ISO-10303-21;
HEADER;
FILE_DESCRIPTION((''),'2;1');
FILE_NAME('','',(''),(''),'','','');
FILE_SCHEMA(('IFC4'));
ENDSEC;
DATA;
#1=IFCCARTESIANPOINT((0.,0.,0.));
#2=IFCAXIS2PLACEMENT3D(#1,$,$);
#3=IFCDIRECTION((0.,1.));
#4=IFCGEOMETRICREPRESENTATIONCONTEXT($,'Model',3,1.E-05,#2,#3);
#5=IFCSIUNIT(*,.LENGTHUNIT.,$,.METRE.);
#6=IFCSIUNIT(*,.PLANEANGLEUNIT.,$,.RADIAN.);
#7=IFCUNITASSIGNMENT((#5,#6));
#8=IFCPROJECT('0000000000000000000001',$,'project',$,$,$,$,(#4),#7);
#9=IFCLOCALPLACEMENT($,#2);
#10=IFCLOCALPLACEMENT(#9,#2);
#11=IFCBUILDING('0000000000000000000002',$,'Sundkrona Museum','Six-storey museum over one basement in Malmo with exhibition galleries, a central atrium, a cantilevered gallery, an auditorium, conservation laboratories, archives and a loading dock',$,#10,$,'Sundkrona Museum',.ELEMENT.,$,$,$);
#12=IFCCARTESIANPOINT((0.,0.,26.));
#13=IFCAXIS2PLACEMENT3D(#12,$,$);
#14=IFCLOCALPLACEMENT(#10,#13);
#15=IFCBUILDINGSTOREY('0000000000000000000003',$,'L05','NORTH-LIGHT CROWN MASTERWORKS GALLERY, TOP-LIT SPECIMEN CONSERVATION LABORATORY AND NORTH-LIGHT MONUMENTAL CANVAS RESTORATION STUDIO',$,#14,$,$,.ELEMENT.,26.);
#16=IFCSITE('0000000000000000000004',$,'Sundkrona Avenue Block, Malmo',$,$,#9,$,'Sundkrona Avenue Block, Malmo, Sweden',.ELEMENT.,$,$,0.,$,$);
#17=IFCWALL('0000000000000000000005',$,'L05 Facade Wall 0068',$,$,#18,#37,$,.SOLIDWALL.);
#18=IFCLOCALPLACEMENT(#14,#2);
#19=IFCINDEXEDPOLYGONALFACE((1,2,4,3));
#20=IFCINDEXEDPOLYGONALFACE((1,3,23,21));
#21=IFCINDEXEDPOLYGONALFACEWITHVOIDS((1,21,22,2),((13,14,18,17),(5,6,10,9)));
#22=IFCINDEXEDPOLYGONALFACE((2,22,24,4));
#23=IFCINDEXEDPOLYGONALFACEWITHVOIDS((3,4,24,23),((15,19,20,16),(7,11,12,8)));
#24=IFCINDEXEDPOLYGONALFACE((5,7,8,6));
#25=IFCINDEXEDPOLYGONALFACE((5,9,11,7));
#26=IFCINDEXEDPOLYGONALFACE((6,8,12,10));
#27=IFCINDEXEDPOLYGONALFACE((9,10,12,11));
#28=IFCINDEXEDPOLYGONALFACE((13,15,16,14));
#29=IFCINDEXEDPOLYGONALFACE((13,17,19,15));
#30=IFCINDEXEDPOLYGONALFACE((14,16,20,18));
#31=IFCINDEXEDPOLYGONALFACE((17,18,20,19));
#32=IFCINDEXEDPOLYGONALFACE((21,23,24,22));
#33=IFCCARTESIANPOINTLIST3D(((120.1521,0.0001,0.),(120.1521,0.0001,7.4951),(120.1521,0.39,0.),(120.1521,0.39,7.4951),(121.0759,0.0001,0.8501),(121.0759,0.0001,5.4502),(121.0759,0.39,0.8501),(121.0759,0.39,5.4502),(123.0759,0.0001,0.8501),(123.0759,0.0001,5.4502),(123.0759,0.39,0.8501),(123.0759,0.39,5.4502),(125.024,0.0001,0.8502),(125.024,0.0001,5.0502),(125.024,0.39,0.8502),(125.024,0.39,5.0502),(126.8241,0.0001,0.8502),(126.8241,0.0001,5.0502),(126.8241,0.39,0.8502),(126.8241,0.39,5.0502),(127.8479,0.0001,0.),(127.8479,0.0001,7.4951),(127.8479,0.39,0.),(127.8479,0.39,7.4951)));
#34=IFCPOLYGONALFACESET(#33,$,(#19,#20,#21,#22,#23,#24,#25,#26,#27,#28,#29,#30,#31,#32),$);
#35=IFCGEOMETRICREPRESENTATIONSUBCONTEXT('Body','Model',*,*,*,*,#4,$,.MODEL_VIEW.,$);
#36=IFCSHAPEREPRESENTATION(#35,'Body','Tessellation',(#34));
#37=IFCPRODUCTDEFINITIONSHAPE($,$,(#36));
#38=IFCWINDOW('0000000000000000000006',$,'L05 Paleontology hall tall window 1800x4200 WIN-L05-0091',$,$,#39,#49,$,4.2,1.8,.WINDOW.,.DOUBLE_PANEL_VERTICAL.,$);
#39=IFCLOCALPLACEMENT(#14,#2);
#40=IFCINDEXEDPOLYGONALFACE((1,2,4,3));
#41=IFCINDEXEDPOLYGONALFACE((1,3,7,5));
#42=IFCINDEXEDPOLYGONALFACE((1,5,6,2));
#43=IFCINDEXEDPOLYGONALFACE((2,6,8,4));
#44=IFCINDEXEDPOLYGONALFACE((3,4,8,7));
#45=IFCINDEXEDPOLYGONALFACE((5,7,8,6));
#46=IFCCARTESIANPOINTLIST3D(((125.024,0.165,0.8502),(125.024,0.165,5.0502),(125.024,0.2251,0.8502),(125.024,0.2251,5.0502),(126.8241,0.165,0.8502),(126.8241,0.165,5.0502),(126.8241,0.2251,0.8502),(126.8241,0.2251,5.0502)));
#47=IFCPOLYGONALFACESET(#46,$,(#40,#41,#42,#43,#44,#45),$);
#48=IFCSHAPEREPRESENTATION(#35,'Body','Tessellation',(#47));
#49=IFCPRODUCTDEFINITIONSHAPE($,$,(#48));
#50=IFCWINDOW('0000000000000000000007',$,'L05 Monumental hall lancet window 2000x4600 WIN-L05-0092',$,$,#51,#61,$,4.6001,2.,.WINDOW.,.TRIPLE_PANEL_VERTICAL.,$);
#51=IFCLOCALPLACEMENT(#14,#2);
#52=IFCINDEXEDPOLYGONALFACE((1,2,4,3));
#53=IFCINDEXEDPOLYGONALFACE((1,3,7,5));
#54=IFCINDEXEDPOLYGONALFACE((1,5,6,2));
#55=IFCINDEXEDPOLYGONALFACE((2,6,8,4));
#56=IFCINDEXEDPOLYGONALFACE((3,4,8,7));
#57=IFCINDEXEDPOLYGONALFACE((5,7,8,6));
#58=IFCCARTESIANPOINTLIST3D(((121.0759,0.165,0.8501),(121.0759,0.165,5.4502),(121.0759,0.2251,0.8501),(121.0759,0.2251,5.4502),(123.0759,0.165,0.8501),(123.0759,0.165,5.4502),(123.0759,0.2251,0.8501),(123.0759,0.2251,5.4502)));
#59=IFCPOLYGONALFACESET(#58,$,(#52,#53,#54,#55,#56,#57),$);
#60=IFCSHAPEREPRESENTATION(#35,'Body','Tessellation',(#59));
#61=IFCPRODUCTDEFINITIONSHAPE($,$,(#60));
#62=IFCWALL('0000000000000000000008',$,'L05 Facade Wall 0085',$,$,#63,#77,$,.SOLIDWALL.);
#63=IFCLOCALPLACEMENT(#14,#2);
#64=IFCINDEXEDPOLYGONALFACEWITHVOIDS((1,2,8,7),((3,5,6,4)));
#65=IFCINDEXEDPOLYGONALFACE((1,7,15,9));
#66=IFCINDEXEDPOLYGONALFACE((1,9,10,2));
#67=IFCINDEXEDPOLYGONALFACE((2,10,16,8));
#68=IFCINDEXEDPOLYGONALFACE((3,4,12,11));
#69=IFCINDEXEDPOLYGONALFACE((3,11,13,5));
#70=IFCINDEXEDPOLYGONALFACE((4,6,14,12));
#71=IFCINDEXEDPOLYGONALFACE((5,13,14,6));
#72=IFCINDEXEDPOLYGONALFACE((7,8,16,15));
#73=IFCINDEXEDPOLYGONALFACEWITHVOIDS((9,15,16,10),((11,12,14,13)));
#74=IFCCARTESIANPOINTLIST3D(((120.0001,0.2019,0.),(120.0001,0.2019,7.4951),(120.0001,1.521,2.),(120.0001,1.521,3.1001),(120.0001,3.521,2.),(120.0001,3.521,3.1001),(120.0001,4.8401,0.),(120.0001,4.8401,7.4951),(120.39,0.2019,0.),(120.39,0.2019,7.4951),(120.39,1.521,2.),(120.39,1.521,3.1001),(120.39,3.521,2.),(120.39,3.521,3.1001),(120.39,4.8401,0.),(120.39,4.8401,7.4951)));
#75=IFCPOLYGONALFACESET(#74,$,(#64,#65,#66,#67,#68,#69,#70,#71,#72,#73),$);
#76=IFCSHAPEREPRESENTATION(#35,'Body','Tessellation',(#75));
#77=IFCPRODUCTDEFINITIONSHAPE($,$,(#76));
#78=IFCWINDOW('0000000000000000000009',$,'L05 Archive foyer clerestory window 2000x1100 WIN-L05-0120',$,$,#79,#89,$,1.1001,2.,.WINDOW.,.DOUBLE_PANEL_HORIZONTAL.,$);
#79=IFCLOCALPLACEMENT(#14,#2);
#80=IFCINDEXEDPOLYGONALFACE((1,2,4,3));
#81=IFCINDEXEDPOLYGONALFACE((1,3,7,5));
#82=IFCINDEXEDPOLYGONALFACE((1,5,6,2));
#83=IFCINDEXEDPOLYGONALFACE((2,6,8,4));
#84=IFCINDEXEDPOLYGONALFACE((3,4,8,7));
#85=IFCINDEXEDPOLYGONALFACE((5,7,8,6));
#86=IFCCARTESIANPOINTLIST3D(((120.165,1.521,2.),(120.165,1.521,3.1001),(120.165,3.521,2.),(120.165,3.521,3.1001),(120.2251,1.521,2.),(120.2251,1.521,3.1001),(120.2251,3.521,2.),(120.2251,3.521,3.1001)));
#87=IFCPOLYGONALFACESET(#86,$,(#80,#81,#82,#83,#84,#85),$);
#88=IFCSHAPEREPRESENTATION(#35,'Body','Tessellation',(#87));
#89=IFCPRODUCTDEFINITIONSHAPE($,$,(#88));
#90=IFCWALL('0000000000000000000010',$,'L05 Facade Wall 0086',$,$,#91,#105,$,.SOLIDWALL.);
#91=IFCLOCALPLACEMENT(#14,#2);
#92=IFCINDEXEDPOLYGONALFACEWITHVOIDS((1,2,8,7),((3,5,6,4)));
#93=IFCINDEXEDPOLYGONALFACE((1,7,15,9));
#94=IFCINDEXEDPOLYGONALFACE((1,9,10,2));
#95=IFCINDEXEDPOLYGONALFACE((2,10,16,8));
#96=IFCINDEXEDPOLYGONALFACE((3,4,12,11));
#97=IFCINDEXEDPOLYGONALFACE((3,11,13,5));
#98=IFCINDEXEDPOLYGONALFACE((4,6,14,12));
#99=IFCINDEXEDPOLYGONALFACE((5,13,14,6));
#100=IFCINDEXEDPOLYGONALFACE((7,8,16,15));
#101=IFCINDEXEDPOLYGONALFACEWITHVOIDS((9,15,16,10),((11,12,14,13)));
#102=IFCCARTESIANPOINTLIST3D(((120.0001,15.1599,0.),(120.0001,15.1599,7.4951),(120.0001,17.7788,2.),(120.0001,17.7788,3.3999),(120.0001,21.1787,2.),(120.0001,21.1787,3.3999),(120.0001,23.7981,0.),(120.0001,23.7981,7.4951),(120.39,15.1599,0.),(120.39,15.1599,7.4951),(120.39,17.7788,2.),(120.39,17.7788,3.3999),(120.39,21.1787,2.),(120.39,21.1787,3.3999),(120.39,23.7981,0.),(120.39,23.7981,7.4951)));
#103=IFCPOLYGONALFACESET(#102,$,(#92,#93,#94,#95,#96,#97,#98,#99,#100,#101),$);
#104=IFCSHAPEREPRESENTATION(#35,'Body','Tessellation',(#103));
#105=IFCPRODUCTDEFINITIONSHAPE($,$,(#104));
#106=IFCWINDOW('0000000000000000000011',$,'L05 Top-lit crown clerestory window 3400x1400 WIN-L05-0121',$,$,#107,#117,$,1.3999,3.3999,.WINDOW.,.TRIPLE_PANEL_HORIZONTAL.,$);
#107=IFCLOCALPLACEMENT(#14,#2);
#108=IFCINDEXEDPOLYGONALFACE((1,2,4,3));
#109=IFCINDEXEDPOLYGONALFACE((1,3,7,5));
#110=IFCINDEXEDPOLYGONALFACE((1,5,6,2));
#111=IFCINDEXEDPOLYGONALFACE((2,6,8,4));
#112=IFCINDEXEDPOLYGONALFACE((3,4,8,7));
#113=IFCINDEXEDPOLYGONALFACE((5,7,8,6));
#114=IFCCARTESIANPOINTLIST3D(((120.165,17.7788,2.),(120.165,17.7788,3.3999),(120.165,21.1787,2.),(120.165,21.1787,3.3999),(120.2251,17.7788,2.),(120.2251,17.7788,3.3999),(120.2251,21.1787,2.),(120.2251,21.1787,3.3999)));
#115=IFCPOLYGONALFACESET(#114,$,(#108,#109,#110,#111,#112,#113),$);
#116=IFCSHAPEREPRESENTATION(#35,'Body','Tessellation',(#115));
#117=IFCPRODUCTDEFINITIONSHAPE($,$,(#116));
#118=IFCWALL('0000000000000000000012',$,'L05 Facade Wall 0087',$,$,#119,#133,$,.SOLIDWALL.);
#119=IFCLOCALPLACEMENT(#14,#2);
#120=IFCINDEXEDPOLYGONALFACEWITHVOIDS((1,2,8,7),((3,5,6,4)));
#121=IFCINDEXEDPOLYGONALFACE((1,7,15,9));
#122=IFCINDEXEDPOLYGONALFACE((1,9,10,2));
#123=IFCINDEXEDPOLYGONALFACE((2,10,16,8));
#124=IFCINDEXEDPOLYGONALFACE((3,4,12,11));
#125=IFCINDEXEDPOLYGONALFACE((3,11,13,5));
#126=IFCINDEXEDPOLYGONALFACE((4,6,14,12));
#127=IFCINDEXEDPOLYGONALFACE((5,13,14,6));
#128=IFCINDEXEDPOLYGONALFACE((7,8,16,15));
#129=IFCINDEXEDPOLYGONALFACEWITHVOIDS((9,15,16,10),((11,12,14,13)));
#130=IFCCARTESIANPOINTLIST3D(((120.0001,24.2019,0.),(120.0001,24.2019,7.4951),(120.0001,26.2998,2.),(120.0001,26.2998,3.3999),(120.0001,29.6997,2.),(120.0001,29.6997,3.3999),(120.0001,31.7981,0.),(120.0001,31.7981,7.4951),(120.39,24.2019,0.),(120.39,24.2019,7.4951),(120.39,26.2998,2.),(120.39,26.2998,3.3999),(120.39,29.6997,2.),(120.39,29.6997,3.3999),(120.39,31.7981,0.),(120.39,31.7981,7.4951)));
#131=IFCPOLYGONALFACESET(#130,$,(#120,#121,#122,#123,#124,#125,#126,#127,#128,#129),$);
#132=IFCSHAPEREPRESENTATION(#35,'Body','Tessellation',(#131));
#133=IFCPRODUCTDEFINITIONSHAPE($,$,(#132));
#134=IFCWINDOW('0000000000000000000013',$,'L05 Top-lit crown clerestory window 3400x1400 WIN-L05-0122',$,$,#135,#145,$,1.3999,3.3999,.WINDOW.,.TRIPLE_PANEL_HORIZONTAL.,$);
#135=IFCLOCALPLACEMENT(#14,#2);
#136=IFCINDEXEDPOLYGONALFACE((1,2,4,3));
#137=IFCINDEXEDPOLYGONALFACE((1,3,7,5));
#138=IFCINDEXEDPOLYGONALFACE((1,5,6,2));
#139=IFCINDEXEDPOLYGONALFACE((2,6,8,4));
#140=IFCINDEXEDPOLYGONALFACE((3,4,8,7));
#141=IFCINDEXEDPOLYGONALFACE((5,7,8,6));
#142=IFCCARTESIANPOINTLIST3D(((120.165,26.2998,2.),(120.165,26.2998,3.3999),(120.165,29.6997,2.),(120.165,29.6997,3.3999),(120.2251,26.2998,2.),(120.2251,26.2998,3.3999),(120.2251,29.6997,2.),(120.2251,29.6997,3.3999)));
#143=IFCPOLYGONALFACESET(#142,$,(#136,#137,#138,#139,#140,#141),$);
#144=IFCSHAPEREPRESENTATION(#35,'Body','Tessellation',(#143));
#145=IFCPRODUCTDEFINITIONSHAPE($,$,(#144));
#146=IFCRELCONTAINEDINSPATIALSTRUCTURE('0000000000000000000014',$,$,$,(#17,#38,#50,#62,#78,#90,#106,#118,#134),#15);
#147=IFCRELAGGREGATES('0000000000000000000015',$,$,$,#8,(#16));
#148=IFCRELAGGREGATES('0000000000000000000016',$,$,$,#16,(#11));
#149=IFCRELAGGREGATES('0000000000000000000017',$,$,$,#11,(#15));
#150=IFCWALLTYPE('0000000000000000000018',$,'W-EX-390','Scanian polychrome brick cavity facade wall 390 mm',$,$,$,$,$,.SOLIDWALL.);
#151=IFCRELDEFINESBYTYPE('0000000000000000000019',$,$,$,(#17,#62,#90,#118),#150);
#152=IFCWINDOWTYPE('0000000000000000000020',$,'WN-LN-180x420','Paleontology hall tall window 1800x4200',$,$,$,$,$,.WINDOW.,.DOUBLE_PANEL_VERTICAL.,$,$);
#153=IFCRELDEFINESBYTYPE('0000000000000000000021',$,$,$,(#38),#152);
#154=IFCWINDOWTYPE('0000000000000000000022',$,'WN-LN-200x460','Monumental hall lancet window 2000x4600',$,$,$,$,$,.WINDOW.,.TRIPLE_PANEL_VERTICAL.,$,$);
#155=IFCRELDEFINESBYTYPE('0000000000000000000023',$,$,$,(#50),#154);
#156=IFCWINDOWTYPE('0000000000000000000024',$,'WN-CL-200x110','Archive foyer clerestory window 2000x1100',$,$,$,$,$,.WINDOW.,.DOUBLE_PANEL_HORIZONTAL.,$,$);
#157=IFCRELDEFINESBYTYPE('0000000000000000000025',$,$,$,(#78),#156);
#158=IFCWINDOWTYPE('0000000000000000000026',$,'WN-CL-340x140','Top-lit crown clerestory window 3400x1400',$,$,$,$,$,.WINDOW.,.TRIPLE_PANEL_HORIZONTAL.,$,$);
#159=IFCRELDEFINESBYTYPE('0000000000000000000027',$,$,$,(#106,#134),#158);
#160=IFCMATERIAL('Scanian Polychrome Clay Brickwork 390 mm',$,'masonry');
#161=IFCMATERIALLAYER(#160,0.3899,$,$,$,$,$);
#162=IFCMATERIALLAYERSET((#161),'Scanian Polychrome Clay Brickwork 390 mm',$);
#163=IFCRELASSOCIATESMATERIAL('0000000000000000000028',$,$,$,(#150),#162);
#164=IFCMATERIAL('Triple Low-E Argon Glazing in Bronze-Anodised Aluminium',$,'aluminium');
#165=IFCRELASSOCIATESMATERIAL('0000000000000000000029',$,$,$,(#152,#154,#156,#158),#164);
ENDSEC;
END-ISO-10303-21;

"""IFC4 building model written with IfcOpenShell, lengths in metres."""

from ifc_helpers import new_model, si_unit, direction, frame, frame_2d, origin, place, context, subcontext, project, spatial, rectangle, extrude, material, layer, layer_set, type_object, element, fill, save


model = new_model("IFC4")

# Units and contexts
model_context = context("Model", 3, precision=1e-05, world=origin(), true_north=direction((0.0, 1.0)))
body_context = subcontext(model_context, "Body", "Model", "MODEL_VIEW")
ifc_project = project(units=[si_unit("LENGTHUNIT", "METRE"), si_unit("PLANEANGLEUNIT", "RADIAN")], contexts=[model_context])

# Site, building, storey
site_placement = place(None, origin())
site = spatial("IfcSite", under=ifc_project, at=site_placement, Name="Sundkrona Avenue Block, Malmo", LongName="Sundkrona Avenue Block, Malmo, Sweden", CompositionType="ELEMENT", RefElevation=0.0)
building_placement = place(site_placement, origin())
building = spatial("IfcBuilding", under=site, at=building_placement, Name="Sundkrona Museum", Description="Six-storey museum over one basement in Malmo with exhibition galleries, a central atrium, a cantilevered gallery, an auditorium, conservation laboratories, archives and a loading dock", LongName="Sundkrona Museum", CompositionType="ELEMENT")
storey_placement = place(building_placement, frame((0.0, 0.0, 26.0)))
storey = spatial("IfcBuildingStorey", under=building, at=storey_placement, Name="L05", Description="NORTH-LIGHT CROWN MASTERWORKS GALLERY, TOP-LIT SPECIMEN CONSERVATION LABORATORY AND NORTH-LIGHT MONUMENTAL CANVAS RESTORATION STUDIO", CompositionType="ELEMENT", Elevation=26.0)

# Wall, openings, windows
ifc_material_1 = material(Name="Scanian Polychrome Clay Brickwork 390 mm", Category="masonry")
ifc_layer_1 = layer(ifc_material_1, 0.3899)
ifc_layer_set_1 = layer_set([ifc_layer_1], Name="Scanian Polychrome Clay Brickwork 390 mm")
wall_type_1 = type_object("IfcWallType", Name="W-EX-390", Description="Scanian polychrome brick cavity facade wall 390 mm", PredefinedType="SOLIDWALL", material=ifc_layer_set_1)
wall_1_placement = place(storey_placement, frame((127.8479, 0.1951, 0.0), z_axis=(0.0, 0.0, 1.0), x_axis=(-1.0, 0.0, 0.0)))
wall_1 = element("IfcWall", 1, at=wall_1_placement, inside=storey, type_object=wall_type_1, Name="L05 Facade Wall 0068", PredefinedType="SOLIDWALL", context=body_context, shape_type="SweptSolid", body=[
    extrude(rectangle(XDim=7.6958, YDim=0.3899, at=frame_2d((3.8479, 0.0))), origin(), (0.0, 0.0, 1.0), 7.4951),
])
opening_1_placement = place(wall_1_placement, frame((1.0239, 0.0, 0.8501)))
opening_1 = element("IfcOpeningElement", 2, at=opening_1_placement, cuts=wall_1, PredefinedType="OPENING", context=body_context, shape_type="SweptSolid", body=[
    extrude(rectangle(XDim=1.8, YDim=4.2, at=frame_2d((0.8999, 2.1001))), frame((0.0, 0.2048, 0.0), z_axis=(0.0, -1.0, 0.0), x_axis=(1.0, 0.0, 0.0)), (0.0, 0.0, 1.0), 0.4099),
])
opening_2_placement = place(wall_1_placement, frame((4.772, 0.0, 0.8501)))
opening_2 = element("IfcOpeningElement", 3, at=opening_2_placement, cuts=wall_1, PredefinedType="OPENING", context=body_context, shape_type="SweptSolid", body=[
    extrude(rectangle(XDim=2.0, YDim=4.6001, at=frame_2d((1.0, 2.3))), frame((0.0, 0.2048, 0.0), z_axis=(0.0, -1.0, 0.0), x_axis=(1.0, 0.0, 0.0)), (0.0, 0.0, 1.0), 0.4099),
])
ifc_material_2 = material(Name="Triple Low-E Argon Glazing in Bronze-Anodised Aluminium", Category="aluminium")
window_type_1 = type_object("IfcWindowType", Name="WN-LN-180x420", Description="Paleontology hall tall window 1800x4200", PartitioningType="DOUBLE_PANEL_VERTICAL", PredefinedType="WINDOW", material=ifc_material_2)
window_1_placement = place(opening_1_placement, origin())
window_1 = element("IfcWindow", 4, at=window_1_placement, inside=storey, type_object=window_type_1, Name="L05 Paleontology hall tall window 1800x4200 WIN-L05-0091", OverallHeight=4.2, OverallWidth=1.8, PartitioningType="DOUBLE_PANEL_VERTICAL", PredefinedType="WINDOW", context=body_context, shape_type="SweptSolid", body=[
    extrude(rectangle(XDim=1.8, YDim=4.2, at=frame_2d((0.8999, 2.1001))), frame((0.0, 0.03, 0.0), z_axis=(0.0, -1.0, 0.0), x_axis=(1.0, 0.0, 0.0)), (0.0, 0.0, 1.0), 0.0601),
])
fill(opening_1, window_1)
window_type_2 = type_object("IfcWindowType", Name="WN-LN-200x460", Description="Monumental hall lancet window 2000x4600", PartitioningType="TRIPLE_PANEL_VERTICAL", PredefinedType="WINDOW", material=ifc_material_2)
window_2_placement = place(opening_2_placement, origin())
window_2 = element("IfcWindow", 5, at=window_2_placement, inside=storey, type_object=window_type_2, Name="L05 Monumental hall lancet window 2000x4600 WIN-L05-0092", OverallHeight=4.6001, OverallWidth=2.0, PartitioningType="TRIPLE_PANEL_VERTICAL", PredefinedType="WINDOW", context=body_context, shape_type="SweptSolid", body=[
    extrude(rectangle(XDim=2.0, YDim=4.6001, at=frame_2d((1.0, 2.3))), frame((0.0, 0.03, 0.0), z_axis=(0.0, -1.0, 0.0), x_axis=(1.0, 0.0, 0.0)), (0.0, 0.0, 1.0), 0.0601),
])
fill(opening_2, window_2)

# Walls, openings, windows
wall_2_placement = place(storey_placement, frame((120.1951, 0.2019, 0.0), z_axis=(0.0, 0.0, 1.0), x_axis=(0.0, 1.0, 0.0)))
wall_2 = element("IfcWall", 6, at=wall_2_placement, inside=storey, type_object=wall_type_1, Name="L05 Facade Wall 0085", PredefinedType="SOLIDWALL", context=body_context, shape_type="SweptSolid", body=[
    extrude(rectangle(XDim=4.6382, YDim=0.3899, at=frame_2d((2.3191, 0.0))), origin(), (0.0, 0.0, 1.0), 7.4951),
])
opening_3_placement = place(wall_2_placement, frame((1.3191, 0.0, 2.0)))
opening_3 = element("IfcOpeningElement", 7, at=opening_3_placement, cuts=wall_2, PredefinedType="OPENING", context=body_context, shape_type="SweptSolid", body=[
    extrude(rectangle(XDim=2.0, YDim=1.1001, at=frame_2d((1.0, 0.55))), frame((0.0, 0.2048, 0.0), z_axis=(0.0, -1.0, 0.0), x_axis=(1.0, 0.0, 0.0)), (0.0, 0.0, 1.0), 0.4099),
])
window_type_3 = type_object("IfcWindowType", Name="WN-CL-200x110", Description="Archive foyer clerestory window 2000x1100", PartitioningType="DOUBLE_PANEL_HORIZONTAL", PredefinedType="WINDOW", material=ifc_material_2)
window_3_placement = place(opening_3_placement, origin())
window_3 = element("IfcWindow", 8, at=window_3_placement, inside=storey, type_object=window_type_3, Name="L05 Archive foyer clerestory window 2000x1100 WIN-L05-0120", OverallHeight=1.1001, OverallWidth=2.0, PartitioningType="DOUBLE_PANEL_HORIZONTAL", PredefinedType="WINDOW", context=body_context, shape_type="SweptSolid", body=[
    extrude(rectangle(XDim=2.0, YDim=1.1001, at=frame_2d((1.0, 0.55))), frame((0.0, 0.03, 0.0), z_axis=(0.0, -1.0, 0.0), x_axis=(1.0, 0.0, 0.0)), (0.0, 0.0, 1.0), 0.0601),
])
fill(opening_3, window_3)
wall_3_placement = place(storey_placement, frame((120.1951, 15.1599, 0.0), z_axis=(0.0, 0.0, 1.0), x_axis=(0.0, 1.0, 0.0)))
wall_3 = element("IfcWall", 9, at=wall_3_placement, inside=storey, type_object=wall_type_1, Name="L05 Facade Wall 0086", PredefinedType="SOLIDWALL", context=body_context, shape_type="SweptSolid", body=[
    extrude(rectangle(XDim=8.6382, YDim=0.3899, at=frame_2d((4.3191, 0.0))), origin(), (0.0, 0.0, 1.0), 7.4951),
])
opening_4_placement = place(wall_3_placement, frame((2.6189, 0.0, 2.0)))
opening_4 = element("IfcOpeningElement", 10, at=opening_4_placement, cuts=wall_3, PredefinedType="OPENING", context=body_context, shape_type="SweptSolid", body=[
    extrude(rectangle(XDim=3.3999, YDim=1.3999, at=frame_2d((1.7, 0.7))), frame((0.0, 0.2048, 0.0), z_axis=(0.0, -1.0, 0.0), x_axis=(1.0, 0.0, 0.0)), (0.0, 0.0, 1.0), 0.4099),
])
window_type_4 = type_object("IfcWindowType", Name="WN-CL-340x140", Description="Top-lit crown clerestory window 3400x1400", PartitioningType="TRIPLE_PANEL_HORIZONTAL", PredefinedType="WINDOW", material=ifc_material_2)
window_4_placement = place(opening_4_placement, origin())
window_4 = element("IfcWindow", 11, at=window_4_placement, inside=storey, type_object=window_type_4, Name="L05 Top-lit crown clerestory window 3400x1400 WIN-L05-0121", OverallHeight=1.3999, OverallWidth=3.3999, PartitioningType="TRIPLE_PANEL_HORIZONTAL", PredefinedType="WINDOW", context=body_context, shape_type="SweptSolid", body=[
    extrude(rectangle(XDim=3.3999, YDim=1.3999, at=frame_2d((1.7, 0.7))), frame((0.0, 0.03, 0.0), z_axis=(0.0, -1.0, 0.0), x_axis=(1.0, 0.0, 0.0)), (0.0, 0.0, 1.0), 0.0601),
])
fill(opening_4, window_4)
wall_4_placement = place(storey_placement, frame((120.1951, 24.2019, 0.0), z_axis=(0.0, 0.0, 1.0), x_axis=(0.0, 1.0, 0.0)))
wall_4 = element("IfcWall", 12, at=wall_4_placement, inside=storey, type_object=wall_type_1, Name="L05 Facade Wall 0087", PredefinedType="SOLIDWALL", context=body_context, shape_type="SweptSolid", body=[
    extrude(rectangle(XDim=7.5962, YDim=0.3899, at=frame_2d((3.7981, 0.0))), origin(), (0.0, 0.0, 1.0), 7.4951),
])
opening_5_placement = place(wall_4_placement, frame((2.0979, 0.0, 2.0)))
opening_5 = element("IfcOpeningElement", 13, at=opening_5_placement, cuts=wall_4, PredefinedType="OPENING", context=body_context, shape_type="SweptSolid", body=[
    extrude(rectangle(XDim=3.3999, YDim=1.3999, at=frame_2d((1.7, 0.7))), frame((0.0, 0.2048, 0.0), z_axis=(0.0, -1.0, 0.0), x_axis=(1.0, 0.0, 0.0)), (0.0, 0.0, 1.0), 0.4099),
])
window_5_placement = place(opening_5_placement, origin())
window_5 = element("IfcWindow", 14, at=window_5_placement, inside=storey, type_object=window_type_4, Name="L05 Top-lit crown clerestory window 3400x1400 WIN-L05-0122", OverallHeight=1.3999, OverallWidth=3.3999, PartitioningType="TRIPLE_PANEL_HORIZONTAL", PredefinedType="WINDOW", context=body_context, shape_type="SweptSolid", body=[
    extrude(rectangle(XDim=3.3999, YDim=1.3999, at=frame_2d((1.7, 0.7))), frame((0.0, 0.03, 0.0), z_axis=(0.0, -1.0, 0.0), x_axis=(1.0, 0.0, 0.0)), (0.0, 0.0, 1.0), 0.0601),
])
fill(opening_5, window_5)

save(model, "model.ifc")
